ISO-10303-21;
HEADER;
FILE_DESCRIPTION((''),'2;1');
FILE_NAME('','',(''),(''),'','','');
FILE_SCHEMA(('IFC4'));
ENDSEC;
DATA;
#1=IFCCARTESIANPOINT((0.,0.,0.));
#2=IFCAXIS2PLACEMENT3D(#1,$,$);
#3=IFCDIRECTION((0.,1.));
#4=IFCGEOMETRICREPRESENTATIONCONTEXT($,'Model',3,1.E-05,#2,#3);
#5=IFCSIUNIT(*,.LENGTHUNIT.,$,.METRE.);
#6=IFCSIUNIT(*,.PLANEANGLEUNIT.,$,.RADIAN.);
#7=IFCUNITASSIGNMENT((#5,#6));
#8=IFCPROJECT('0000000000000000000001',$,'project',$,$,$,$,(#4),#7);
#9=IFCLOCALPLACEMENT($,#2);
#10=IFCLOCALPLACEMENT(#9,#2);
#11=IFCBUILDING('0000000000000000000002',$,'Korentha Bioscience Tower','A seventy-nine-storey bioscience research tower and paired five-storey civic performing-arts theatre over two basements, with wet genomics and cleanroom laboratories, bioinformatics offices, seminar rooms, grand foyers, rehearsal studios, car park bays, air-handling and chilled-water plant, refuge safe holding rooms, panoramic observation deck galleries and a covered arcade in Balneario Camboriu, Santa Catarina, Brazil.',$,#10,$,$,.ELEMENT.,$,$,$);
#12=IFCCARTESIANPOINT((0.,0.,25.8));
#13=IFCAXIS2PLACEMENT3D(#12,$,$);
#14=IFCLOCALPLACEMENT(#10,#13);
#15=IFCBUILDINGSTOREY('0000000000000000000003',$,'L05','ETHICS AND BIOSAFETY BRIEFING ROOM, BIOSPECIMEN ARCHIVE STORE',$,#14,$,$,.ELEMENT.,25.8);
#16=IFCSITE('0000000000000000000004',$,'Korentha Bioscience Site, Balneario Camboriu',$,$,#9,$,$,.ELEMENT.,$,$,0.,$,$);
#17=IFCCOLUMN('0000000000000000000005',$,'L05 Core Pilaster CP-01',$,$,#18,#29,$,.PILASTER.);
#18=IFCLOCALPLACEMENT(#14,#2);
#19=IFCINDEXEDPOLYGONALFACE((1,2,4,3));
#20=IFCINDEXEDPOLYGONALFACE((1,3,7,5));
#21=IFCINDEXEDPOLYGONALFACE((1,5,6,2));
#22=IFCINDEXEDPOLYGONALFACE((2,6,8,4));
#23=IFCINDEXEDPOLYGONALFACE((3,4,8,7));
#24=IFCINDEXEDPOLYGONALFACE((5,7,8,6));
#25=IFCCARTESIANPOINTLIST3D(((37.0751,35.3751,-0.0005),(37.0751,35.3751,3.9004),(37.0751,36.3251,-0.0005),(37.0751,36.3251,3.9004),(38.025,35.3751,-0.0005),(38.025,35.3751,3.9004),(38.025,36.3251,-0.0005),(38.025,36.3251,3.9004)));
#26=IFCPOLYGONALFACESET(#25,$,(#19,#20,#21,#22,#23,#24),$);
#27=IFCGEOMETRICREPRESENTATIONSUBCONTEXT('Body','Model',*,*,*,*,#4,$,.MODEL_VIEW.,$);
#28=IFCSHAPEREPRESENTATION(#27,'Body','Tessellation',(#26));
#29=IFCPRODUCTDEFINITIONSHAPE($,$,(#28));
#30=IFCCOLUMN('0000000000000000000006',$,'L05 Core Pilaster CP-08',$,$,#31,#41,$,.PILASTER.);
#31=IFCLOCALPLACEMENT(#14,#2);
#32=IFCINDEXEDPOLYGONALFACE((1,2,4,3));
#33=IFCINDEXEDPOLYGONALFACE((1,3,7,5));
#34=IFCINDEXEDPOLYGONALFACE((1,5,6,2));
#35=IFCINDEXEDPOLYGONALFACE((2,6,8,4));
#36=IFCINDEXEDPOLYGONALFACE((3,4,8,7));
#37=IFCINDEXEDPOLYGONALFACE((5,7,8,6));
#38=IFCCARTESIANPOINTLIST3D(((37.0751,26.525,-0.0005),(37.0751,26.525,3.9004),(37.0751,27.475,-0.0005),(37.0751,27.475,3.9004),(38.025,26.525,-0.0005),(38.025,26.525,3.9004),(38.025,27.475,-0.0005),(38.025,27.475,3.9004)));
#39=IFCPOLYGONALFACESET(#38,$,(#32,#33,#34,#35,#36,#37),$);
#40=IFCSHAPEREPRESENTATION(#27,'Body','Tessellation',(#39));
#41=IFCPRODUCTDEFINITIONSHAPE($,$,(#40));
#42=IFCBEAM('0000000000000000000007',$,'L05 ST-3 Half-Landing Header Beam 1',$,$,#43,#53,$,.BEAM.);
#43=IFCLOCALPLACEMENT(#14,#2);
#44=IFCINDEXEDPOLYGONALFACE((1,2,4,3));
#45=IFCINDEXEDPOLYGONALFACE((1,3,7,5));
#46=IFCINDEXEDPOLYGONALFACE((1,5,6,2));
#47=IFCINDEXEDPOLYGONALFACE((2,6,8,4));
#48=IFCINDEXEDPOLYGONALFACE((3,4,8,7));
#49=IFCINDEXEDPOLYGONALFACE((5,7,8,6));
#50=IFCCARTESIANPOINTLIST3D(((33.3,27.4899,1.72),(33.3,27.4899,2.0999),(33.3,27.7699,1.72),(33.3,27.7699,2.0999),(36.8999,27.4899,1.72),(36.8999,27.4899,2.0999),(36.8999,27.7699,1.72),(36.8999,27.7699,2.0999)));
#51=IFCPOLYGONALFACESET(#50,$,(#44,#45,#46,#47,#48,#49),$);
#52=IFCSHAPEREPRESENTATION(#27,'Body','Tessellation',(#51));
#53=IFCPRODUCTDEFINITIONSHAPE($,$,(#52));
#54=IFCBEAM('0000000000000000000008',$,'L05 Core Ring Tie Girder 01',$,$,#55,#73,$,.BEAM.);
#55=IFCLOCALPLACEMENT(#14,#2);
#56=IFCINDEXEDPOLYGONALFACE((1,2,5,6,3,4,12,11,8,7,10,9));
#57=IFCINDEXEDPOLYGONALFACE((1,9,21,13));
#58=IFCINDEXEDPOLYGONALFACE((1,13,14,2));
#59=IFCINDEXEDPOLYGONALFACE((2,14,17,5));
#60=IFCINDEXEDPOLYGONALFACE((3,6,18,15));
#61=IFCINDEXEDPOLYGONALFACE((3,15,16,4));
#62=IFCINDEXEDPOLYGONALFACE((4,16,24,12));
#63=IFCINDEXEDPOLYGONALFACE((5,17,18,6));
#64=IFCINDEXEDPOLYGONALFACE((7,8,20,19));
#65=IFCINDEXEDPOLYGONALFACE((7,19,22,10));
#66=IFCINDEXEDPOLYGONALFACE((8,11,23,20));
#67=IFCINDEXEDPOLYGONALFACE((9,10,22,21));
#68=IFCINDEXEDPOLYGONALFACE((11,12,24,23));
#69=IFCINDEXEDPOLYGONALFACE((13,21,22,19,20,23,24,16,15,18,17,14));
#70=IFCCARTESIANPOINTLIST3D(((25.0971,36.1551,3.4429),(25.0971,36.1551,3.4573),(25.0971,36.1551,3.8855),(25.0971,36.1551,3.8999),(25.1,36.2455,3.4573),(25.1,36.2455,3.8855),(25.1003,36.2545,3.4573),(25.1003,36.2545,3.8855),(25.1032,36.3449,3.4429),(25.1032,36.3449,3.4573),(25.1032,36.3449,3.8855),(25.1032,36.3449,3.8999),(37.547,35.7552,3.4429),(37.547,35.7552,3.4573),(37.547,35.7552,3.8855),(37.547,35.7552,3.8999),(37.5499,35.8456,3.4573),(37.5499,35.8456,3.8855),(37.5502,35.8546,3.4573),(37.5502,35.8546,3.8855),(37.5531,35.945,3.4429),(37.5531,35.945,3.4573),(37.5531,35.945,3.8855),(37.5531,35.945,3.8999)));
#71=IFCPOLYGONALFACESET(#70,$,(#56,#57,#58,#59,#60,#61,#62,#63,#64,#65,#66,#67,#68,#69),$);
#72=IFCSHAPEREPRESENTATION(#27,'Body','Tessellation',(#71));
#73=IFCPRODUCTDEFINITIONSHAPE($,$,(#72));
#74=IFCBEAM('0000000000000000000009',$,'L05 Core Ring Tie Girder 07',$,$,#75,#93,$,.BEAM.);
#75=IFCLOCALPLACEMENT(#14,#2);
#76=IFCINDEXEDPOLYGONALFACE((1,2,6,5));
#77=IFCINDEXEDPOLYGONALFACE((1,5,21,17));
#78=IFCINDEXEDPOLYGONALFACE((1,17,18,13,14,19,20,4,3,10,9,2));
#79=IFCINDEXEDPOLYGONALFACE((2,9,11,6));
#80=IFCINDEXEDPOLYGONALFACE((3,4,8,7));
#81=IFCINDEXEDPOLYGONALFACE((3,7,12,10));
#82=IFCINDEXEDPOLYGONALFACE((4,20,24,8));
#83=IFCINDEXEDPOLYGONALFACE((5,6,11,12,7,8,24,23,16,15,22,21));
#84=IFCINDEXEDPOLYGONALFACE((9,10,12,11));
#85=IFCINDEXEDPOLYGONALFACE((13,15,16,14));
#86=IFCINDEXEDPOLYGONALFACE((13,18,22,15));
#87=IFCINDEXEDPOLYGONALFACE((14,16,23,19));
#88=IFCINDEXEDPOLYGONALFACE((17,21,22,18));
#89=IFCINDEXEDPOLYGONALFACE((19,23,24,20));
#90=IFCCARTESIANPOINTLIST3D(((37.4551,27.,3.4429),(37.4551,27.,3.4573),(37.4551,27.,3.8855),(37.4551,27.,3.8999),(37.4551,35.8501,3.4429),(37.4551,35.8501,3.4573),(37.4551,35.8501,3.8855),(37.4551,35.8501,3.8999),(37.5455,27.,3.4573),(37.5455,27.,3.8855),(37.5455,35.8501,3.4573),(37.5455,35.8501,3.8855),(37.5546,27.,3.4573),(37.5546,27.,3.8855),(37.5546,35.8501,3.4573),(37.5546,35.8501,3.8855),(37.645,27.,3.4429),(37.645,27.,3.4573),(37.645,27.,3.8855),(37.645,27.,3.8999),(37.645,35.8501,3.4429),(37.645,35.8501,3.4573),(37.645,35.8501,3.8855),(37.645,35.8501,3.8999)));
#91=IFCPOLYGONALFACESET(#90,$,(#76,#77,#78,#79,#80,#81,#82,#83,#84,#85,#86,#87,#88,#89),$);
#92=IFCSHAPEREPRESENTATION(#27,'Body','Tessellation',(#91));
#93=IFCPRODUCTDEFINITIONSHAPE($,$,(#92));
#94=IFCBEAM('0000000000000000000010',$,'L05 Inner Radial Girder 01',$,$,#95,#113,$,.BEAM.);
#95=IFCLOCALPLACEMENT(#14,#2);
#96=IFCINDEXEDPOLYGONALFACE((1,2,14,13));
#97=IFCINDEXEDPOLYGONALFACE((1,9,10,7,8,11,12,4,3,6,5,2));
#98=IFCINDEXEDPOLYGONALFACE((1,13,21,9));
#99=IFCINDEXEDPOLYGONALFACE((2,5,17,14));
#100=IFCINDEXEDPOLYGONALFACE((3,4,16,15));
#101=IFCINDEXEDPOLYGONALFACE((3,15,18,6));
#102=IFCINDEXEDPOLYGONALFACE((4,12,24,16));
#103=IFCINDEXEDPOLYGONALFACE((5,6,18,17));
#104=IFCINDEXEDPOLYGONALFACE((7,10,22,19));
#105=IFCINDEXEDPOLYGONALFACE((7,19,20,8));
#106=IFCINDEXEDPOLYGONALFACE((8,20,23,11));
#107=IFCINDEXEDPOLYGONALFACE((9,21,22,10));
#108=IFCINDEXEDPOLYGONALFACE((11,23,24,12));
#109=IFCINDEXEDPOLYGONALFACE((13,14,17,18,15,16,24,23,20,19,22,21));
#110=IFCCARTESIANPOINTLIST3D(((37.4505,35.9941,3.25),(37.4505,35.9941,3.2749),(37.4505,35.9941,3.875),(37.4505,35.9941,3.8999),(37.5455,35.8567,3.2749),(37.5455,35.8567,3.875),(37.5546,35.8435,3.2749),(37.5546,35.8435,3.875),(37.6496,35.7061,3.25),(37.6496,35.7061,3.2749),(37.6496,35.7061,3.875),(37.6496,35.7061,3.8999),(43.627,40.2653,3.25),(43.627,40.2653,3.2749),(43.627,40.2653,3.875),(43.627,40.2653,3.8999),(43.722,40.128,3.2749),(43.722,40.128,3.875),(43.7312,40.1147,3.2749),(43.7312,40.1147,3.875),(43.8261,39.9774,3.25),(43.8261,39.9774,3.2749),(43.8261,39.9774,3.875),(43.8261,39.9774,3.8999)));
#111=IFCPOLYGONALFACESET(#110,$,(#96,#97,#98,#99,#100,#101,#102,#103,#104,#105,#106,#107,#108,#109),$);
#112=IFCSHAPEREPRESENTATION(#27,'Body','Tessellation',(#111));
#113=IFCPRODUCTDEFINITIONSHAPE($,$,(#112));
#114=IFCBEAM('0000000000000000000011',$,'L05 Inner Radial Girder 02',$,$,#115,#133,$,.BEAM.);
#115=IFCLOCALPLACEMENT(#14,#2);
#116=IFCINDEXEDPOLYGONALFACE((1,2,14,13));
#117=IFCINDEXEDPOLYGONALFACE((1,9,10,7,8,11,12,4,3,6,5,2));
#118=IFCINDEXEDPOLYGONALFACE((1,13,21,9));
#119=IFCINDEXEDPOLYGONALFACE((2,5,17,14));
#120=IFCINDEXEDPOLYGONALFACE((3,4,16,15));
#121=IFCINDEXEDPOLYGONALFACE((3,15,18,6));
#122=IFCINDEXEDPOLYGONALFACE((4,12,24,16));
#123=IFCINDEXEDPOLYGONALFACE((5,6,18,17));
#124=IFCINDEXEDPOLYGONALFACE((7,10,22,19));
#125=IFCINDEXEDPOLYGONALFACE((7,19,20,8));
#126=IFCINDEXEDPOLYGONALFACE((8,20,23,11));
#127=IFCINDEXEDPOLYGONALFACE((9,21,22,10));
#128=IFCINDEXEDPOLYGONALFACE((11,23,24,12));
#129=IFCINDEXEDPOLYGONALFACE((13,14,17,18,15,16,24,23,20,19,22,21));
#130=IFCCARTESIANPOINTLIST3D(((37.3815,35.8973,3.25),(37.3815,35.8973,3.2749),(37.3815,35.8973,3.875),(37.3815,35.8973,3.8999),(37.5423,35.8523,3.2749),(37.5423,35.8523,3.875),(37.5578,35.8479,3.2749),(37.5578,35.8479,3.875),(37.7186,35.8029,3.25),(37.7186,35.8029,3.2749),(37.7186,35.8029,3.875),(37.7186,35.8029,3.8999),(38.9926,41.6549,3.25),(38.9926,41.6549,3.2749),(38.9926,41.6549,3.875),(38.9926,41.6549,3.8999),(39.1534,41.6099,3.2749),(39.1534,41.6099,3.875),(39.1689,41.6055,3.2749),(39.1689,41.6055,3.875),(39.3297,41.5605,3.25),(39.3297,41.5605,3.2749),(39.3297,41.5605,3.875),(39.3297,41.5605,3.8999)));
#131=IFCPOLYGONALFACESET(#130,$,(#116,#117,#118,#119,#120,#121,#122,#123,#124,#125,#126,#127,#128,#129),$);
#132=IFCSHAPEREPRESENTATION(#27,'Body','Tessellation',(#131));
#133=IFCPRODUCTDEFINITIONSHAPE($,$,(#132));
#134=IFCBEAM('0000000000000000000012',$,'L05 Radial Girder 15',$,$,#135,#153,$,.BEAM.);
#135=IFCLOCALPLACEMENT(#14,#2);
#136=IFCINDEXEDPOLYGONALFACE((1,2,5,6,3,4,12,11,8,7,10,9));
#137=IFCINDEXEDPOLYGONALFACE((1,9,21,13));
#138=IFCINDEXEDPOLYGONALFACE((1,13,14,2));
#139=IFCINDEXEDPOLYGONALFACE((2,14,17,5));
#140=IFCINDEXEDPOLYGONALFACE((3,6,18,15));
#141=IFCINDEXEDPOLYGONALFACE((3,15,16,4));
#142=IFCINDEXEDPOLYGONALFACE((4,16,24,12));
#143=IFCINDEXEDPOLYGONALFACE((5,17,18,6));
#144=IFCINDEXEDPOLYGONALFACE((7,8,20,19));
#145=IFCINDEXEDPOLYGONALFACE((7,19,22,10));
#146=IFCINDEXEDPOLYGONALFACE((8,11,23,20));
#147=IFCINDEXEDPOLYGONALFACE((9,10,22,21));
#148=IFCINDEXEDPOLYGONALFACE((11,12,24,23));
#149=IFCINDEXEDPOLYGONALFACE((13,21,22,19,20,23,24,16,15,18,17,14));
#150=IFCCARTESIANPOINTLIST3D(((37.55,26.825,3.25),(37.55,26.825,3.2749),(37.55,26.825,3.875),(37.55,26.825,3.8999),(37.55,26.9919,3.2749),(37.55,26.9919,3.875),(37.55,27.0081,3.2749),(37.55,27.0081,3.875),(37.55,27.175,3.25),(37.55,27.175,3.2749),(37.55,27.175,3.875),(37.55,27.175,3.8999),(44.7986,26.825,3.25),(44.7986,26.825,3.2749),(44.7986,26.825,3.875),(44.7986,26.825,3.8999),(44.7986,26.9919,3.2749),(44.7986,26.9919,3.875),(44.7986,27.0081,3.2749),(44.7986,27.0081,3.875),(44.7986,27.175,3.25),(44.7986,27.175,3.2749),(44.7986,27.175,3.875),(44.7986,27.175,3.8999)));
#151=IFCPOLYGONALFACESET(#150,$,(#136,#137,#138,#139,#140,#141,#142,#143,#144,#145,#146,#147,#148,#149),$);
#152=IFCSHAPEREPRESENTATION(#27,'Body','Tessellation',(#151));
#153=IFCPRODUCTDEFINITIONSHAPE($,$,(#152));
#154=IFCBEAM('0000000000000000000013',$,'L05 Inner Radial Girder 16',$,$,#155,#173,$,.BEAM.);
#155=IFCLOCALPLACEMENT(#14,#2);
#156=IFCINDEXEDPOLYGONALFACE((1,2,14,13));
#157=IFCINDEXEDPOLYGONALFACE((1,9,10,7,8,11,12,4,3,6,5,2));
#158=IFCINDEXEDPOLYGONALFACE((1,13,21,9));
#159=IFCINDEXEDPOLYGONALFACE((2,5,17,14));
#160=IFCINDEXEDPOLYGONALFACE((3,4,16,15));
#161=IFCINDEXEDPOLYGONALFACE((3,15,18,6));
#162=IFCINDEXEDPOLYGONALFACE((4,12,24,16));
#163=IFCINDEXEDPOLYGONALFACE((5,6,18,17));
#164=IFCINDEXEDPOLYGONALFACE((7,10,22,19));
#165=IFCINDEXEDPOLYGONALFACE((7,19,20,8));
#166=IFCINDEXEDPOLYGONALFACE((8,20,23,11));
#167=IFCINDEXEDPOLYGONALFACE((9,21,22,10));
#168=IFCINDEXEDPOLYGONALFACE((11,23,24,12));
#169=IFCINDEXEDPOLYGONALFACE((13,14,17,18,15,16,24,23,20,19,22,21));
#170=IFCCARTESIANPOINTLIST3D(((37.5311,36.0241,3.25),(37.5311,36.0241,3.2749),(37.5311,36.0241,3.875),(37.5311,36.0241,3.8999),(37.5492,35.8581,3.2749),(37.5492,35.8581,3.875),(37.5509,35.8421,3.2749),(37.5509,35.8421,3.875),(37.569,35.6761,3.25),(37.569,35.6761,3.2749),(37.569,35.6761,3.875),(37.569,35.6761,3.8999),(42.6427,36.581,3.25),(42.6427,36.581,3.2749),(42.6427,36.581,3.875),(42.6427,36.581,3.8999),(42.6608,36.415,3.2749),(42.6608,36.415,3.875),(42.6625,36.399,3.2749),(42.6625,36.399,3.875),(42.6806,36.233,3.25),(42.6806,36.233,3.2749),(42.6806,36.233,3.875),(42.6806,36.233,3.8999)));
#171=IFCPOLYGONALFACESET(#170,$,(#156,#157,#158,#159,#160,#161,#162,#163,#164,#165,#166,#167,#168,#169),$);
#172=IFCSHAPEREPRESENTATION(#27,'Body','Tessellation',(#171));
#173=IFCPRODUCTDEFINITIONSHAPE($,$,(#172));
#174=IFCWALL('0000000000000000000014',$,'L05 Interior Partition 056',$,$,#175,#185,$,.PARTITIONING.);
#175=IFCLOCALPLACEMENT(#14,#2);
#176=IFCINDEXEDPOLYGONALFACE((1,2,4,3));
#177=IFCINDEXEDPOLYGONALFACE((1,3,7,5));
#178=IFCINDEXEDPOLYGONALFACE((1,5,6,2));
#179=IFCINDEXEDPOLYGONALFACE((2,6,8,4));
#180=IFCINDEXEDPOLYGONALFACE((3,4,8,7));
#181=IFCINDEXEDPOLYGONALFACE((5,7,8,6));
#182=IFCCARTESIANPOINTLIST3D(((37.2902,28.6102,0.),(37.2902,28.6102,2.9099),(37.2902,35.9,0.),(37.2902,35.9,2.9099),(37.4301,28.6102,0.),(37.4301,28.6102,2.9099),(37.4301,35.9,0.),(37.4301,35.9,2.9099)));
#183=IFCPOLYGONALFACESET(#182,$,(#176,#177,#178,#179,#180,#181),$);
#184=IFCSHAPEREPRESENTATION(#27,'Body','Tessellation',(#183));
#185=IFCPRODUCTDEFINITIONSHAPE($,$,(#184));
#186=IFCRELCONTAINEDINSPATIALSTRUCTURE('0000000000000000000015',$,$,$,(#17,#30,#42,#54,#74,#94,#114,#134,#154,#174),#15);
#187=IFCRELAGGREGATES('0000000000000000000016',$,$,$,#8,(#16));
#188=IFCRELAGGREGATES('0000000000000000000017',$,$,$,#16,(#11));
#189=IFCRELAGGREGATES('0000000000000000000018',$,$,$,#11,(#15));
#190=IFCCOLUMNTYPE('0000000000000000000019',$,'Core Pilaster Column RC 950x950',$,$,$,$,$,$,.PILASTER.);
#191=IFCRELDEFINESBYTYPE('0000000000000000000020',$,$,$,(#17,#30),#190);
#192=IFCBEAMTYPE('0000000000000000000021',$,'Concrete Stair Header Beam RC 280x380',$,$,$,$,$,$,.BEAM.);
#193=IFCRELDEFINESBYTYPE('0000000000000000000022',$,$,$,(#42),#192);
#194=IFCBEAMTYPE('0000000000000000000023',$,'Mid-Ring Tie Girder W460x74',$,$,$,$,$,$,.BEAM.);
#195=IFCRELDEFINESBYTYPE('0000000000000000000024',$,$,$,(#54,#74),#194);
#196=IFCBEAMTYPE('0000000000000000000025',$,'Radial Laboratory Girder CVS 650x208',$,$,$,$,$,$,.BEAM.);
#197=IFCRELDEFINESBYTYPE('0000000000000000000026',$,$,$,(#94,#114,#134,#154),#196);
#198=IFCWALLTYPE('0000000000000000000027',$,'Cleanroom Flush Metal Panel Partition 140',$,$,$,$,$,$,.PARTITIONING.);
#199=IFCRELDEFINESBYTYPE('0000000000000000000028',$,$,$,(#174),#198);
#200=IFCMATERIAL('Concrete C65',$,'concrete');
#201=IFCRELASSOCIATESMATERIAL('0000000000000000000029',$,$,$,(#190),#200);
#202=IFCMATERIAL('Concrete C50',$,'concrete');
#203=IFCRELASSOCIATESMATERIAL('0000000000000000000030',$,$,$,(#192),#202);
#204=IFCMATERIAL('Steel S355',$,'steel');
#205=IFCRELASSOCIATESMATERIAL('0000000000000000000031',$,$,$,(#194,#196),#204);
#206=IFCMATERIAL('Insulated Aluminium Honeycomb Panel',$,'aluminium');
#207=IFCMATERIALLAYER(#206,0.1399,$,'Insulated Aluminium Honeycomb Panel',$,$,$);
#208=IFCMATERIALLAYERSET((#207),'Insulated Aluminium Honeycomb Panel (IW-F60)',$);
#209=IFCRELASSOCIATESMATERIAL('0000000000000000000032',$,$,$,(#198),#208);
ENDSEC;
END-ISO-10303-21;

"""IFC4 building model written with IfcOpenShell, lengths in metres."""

from ifc_helpers import new_model, si_unit, direction, frame, frame_2d, origin, origin_2d, place, context, subcontext, project, spatial, rectangle, i_section, extrude, material, layer, layer_set, material_profile, profile_set, type_object, element, save


model = new_model("IFC4")

# Units and contexts
model_context = context("Model", 3, precision=1e-05, world=origin(), true_north=direction((0.0, 1.0)))
body_context = subcontext(model_context, "Body", "Model", "MODEL_VIEW")
ifc_project = project(units=[si_unit("LENGTHUNIT", "METRE"), si_unit("PLANEANGLEUNIT", "RADIAN")], contexts=[model_context])

# Site, building, storey
site_placement = place(None, origin())
site = spatial("IfcSite", under=ifc_project, at=site_placement, Name="Korentha Bioscience Site, Balneario Camboriu", CompositionType="ELEMENT", RefElevation=0.0)
building_placement = place(site_placement, origin())
building = spatial("IfcBuilding", under=site, at=building_placement, Name="Korentha Bioscience Tower", Description="A seventy-nine-storey bioscience research tower and paired five-storey civic performing-arts theatre over two basements, with wet genomics and cleanroom laboratories, bioinformatics offices, seminar rooms, grand foyers, rehearsal studios, car park bays, air-handling and chilled-water plant, refuge safe holding rooms, panoramic observation deck galleries and a covered arcade in Balneario Camboriu, Santa Catarina, Brazil.", CompositionType="ELEMENT")
storey_placement = place(building_placement, frame((0.0, 0.0, 25.8)))
storey = spatial("IfcBuildingStorey", under=building, at=storey_placement, Name="L05", Description="ETHICS AND BIOSAFETY BRIEFING ROOM, BIOSPECIMEN ARCHIVE STORE", CompositionType="ELEMENT", Elevation=25.8)

# Columns
ifc_material_1 = material(Name="Concrete C65", Category="concrete")
ifc_material_profile_1 = material_profile(ifc_material_1, rectangle(XDim=0.95, YDim=0.95, at=origin_2d()), Name="Concrete C65")
ifc_profile_set_1 = profile_set([ifc_material_profile_1], Name="Concrete C65 (COL-CP09)")
column_type = type_object("IfcColumnType", Name="Core Pilaster Column RC 950x950", PredefinedType="PILASTER", material=ifc_profile_set_1)
for number, where, z_axis, x_axis, name in (
    (1, (37.55, 35.8501, -0.0005), (0.0, 0.0, 1.0), (1.0, 0.0, 0.0), "L05 Core Pilaster CP-01"),
    (2, (37.55, 27.0, -0.0005), (0.0, 0.0, 1.0), (1.0, 0.0, 0.0), "L05 Core Pilaster CP-08"),
):
    element("IfcColumn", number, at=place(storey_placement, frame(where, z_axis=z_axis, x_axis=x_axis)), inside=storey, type_object=column_type, Name=name, PredefinedType="PILASTER", context=body_context, shape_type="SweptSolid", body=[
        extrude(rectangle(XDim=0.95, YDim=0.95, at=origin_2d()), origin(), (0.0, 0.0, 1.0), 3.9009),
    ])

# Beams
ifc_material_2 = material(Name="Concrete C50", Category="concrete")
ifc_material_profile_2 = material_profile(ifc_material_2, rectangle(XDim=0.28, YDim=0.3799, at=origin_2d()), Name="Concrete C50")
ifc_profile_set_2 = profile_set([ifc_material_profile_2], Name="Concrete C50 (ST-HB380)")
beam_type_1 = type_object("IfcBeamType", Name="Concrete Stair Header Beam RC 280x380", PredefinedType="BEAM", material=ifc_profile_set_2)
beam_1_placement = place(storey_placement, frame((36.8999, 27.6299, 1.9099), z_axis=(-1.0, 0.0, 0.0), x_axis=(0.0, -1.0, 0.0)))
element("IfcBeam", 3, at=beam_1_placement, inside=storey, type_object=beam_type_1, Name="L05 ST-3 Half-Landing Header Beam 1", PredefinedType="BEAM", context=body_context, shape_type="SweptSolid", body=[
    extrude(rectangle(XDim=0.28, YDim=0.3799, at=origin_2d()), origin(), (0.0, 0.0, 1.0), 3.5999),
])
ifc_material_3 = material(Name="Steel S355", Category="steel")
ifc_material_profile_3 = material_profile(ifc_material_3, i_section(OverallWidth=0.1899, OverallDepth=0.457, WebThickness=0.009, FlangeThickness=0.0144, at=origin_2d()), Name="Steel S355")
ifc_profile_set_3 = profile_set([ifc_material_profile_3], Name="Steel S355 (MB-460)")
beam_type_2 = type_object("IfcBeamType", Name="Mid-Ring Tie Girder W460x74", PredefinedType="BEAM", material=ifc_profile_set_3)
beam_2_placement = place(storey_placement, frame((37.55, 35.8501, 3.6714), z_axis=(-0.999485, 0.032104, 0.0), x_axis=(-0.032104, -0.999485, 0.0)))
element("IfcBeam", 4, at=beam_2_placement, inside=storey, type_object=beam_type_2, Name="L05 Core Ring Tie Girder 01", PredefinedType="BEAM", context=body_context, shape_type="SweptSolid", body=[
    extrude(i_section(OverallWidth=0.1899, OverallDepth=0.457, WebThickness=0.009, FlangeThickness=0.0144, at=origin_2d()), origin(), (0.0, 0.0, 1.0), 12.4563),
])
beam_3_placement = place(storey_placement, frame((37.55, 27.0, 3.6714), z_axis=(0.0, 1.0, 0.0), x_axis=(-1.0, 0.0, 0.0)))
element("IfcBeam", 5, at=beam_3_placement, inside=storey, type_object=beam_type_2, Name="L05 Core Ring Tie Girder 07", PredefinedType="BEAM", context=body_context, shape_type="SweptSolid", body=[
    extrude(i_section(OverallWidth=0.1899, OverallDepth=0.457, WebThickness=0.009, FlangeThickness=0.0144, at=origin_2d()), origin(), (0.0, 0.0, 1.0), 8.8501),
])
ifc_material_profile_4 = material_profile(ifc_material_3, i_section(OverallWidth=0.3501, OverallDepth=0.6499, WebThickness=0.0161, FlangeThickness=0.0249, at=origin_2d()), Name="Steel S355")
ifc_profile_set_4 = profile_set([ifc_material_profile_4], Name="Steel S355 (RB-650)")
beam_type_3 = type_object("IfcBeamType", Name="Radial Laboratory Girder CVS 650x208", PredefinedType="BEAM", material=ifc_profile_set_4)
beam_4_placement = place(storey_placement, frame((37.55, 35.8501, 3.575), z_axis=(0.822492, 0.568777, 0.0), x_axis=(-0.568777, 0.822492, 0.0)))
element("IfcBeam", 6, at=beam_4_placement, inside=storey, type_object=beam_type_3, Name="L05 Inner Radial Girder 01", PredefinedType="BEAM", context=body_context, shape_type="SweptSolid", body=[
    extrude(i_section(OverallWidth=0.3501, OverallDepth=0.6499, WebThickness=0.0161, FlangeThickness=0.0249, at=origin_2d()), origin(), (0.0, 0.0, 1.0), 7.5095),
])
beam_5_placement = place(storey_placement, frame((37.55, 35.8501, 3.575), z_axis=(0.269469, 0.963009, 0.0), x_axis=(-0.963009, 0.269469, 0.0)))
element("IfcBeam", 7, at=beam_5_placement, inside=storey, type_object=beam_type_3, Name="L05 Inner Radial Girder 02", PredefinedType="BEAM", context=body_context, shape_type="SweptSolid", body=[
    extrude(i_section(OverallWidth=0.3501, OverallDepth=0.6499, WebThickness=0.0161, FlangeThickness=0.0249, at=origin_2d()), origin(), (0.0, 0.0, 1.0), 5.9788),
])
beam_6_placement = place(storey_placement, frame((37.55, 27.0, 3.575), z_axis=(1.0, 0.0, 0.0), x_axis=(0.0, 1.0, 0.0)))
element("IfcBeam", 8, at=beam_6_placement, inside=storey, type_object=beam_type_3, Name="L05 Radial Girder 15", PredefinedType="BEAM", context=body_context, shape_type="SweptSolid", body=[
    extrude(i_section(OverallWidth=0.3501, OverallDepth=0.6499, WebThickness=0.0161, FlangeThickness=0.0249, at=origin_2d()), origin(), (0.0, 0.0, 1.0), 7.2485),
])
beam_7_placement = place(storey_placement, frame((37.55, 35.8501, 3.575), z_axis=(0.994118, 0.108305, 0.0), x_axis=(-0.108305, 0.994118, 0.0)))
element("IfcBeam", 9, at=beam_7_placement, inside=storey, type_object=beam_type_3, Name="L05 Inner Radial Girder 16", PredefinedType="BEAM", context=body_context, shape_type="SweptSolid", body=[
    extrude(i_section(OverallWidth=0.3501, OverallDepth=0.6499, WebThickness=0.0161, FlangeThickness=0.0249, at=origin_2d()), origin(), (0.0, 0.0, 1.0), 5.1418),
])

# Wall
ifc_material_4 = material(Name="Insulated Aluminium Honeycomb Panel", Category="aluminium")
ifc_layer_1 = layer(ifc_material_4, 0.1399, Name="Insulated Aluminium Honeycomb Panel")
ifc_layer_set_1 = layer_set([ifc_layer_1], Name="Insulated Aluminium Honeycomb Panel (IW-F60)")
wall_type_1 = type_object("IfcWallType", Name="Cleanroom Flush Metal Panel Partition 140", PredefinedType="PARTITIONING", material=ifc_layer_set_1)
wall_1_placement = place(storey_placement, frame((37.3601, 28.6101, 0.0), z_axis=(0.0, 0.0, 1.0), x_axis=(0.0, 1.0, 0.0)))
element("IfcWall", 10, at=wall_1_placement, inside=storey, type_object=wall_type_1, Name="L05 Interior Partition 056", PredefinedType="PARTITIONING", context=body_context, shape_type="SweptSolid", body=[
    extrude(rectangle(XDim=7.2898, YDim=0.1399, at=frame_2d((3.645, 0.0))), origin(), (0.0, 0.0, 1.0), 2.9099),
])

save(model, "model.ifc")
